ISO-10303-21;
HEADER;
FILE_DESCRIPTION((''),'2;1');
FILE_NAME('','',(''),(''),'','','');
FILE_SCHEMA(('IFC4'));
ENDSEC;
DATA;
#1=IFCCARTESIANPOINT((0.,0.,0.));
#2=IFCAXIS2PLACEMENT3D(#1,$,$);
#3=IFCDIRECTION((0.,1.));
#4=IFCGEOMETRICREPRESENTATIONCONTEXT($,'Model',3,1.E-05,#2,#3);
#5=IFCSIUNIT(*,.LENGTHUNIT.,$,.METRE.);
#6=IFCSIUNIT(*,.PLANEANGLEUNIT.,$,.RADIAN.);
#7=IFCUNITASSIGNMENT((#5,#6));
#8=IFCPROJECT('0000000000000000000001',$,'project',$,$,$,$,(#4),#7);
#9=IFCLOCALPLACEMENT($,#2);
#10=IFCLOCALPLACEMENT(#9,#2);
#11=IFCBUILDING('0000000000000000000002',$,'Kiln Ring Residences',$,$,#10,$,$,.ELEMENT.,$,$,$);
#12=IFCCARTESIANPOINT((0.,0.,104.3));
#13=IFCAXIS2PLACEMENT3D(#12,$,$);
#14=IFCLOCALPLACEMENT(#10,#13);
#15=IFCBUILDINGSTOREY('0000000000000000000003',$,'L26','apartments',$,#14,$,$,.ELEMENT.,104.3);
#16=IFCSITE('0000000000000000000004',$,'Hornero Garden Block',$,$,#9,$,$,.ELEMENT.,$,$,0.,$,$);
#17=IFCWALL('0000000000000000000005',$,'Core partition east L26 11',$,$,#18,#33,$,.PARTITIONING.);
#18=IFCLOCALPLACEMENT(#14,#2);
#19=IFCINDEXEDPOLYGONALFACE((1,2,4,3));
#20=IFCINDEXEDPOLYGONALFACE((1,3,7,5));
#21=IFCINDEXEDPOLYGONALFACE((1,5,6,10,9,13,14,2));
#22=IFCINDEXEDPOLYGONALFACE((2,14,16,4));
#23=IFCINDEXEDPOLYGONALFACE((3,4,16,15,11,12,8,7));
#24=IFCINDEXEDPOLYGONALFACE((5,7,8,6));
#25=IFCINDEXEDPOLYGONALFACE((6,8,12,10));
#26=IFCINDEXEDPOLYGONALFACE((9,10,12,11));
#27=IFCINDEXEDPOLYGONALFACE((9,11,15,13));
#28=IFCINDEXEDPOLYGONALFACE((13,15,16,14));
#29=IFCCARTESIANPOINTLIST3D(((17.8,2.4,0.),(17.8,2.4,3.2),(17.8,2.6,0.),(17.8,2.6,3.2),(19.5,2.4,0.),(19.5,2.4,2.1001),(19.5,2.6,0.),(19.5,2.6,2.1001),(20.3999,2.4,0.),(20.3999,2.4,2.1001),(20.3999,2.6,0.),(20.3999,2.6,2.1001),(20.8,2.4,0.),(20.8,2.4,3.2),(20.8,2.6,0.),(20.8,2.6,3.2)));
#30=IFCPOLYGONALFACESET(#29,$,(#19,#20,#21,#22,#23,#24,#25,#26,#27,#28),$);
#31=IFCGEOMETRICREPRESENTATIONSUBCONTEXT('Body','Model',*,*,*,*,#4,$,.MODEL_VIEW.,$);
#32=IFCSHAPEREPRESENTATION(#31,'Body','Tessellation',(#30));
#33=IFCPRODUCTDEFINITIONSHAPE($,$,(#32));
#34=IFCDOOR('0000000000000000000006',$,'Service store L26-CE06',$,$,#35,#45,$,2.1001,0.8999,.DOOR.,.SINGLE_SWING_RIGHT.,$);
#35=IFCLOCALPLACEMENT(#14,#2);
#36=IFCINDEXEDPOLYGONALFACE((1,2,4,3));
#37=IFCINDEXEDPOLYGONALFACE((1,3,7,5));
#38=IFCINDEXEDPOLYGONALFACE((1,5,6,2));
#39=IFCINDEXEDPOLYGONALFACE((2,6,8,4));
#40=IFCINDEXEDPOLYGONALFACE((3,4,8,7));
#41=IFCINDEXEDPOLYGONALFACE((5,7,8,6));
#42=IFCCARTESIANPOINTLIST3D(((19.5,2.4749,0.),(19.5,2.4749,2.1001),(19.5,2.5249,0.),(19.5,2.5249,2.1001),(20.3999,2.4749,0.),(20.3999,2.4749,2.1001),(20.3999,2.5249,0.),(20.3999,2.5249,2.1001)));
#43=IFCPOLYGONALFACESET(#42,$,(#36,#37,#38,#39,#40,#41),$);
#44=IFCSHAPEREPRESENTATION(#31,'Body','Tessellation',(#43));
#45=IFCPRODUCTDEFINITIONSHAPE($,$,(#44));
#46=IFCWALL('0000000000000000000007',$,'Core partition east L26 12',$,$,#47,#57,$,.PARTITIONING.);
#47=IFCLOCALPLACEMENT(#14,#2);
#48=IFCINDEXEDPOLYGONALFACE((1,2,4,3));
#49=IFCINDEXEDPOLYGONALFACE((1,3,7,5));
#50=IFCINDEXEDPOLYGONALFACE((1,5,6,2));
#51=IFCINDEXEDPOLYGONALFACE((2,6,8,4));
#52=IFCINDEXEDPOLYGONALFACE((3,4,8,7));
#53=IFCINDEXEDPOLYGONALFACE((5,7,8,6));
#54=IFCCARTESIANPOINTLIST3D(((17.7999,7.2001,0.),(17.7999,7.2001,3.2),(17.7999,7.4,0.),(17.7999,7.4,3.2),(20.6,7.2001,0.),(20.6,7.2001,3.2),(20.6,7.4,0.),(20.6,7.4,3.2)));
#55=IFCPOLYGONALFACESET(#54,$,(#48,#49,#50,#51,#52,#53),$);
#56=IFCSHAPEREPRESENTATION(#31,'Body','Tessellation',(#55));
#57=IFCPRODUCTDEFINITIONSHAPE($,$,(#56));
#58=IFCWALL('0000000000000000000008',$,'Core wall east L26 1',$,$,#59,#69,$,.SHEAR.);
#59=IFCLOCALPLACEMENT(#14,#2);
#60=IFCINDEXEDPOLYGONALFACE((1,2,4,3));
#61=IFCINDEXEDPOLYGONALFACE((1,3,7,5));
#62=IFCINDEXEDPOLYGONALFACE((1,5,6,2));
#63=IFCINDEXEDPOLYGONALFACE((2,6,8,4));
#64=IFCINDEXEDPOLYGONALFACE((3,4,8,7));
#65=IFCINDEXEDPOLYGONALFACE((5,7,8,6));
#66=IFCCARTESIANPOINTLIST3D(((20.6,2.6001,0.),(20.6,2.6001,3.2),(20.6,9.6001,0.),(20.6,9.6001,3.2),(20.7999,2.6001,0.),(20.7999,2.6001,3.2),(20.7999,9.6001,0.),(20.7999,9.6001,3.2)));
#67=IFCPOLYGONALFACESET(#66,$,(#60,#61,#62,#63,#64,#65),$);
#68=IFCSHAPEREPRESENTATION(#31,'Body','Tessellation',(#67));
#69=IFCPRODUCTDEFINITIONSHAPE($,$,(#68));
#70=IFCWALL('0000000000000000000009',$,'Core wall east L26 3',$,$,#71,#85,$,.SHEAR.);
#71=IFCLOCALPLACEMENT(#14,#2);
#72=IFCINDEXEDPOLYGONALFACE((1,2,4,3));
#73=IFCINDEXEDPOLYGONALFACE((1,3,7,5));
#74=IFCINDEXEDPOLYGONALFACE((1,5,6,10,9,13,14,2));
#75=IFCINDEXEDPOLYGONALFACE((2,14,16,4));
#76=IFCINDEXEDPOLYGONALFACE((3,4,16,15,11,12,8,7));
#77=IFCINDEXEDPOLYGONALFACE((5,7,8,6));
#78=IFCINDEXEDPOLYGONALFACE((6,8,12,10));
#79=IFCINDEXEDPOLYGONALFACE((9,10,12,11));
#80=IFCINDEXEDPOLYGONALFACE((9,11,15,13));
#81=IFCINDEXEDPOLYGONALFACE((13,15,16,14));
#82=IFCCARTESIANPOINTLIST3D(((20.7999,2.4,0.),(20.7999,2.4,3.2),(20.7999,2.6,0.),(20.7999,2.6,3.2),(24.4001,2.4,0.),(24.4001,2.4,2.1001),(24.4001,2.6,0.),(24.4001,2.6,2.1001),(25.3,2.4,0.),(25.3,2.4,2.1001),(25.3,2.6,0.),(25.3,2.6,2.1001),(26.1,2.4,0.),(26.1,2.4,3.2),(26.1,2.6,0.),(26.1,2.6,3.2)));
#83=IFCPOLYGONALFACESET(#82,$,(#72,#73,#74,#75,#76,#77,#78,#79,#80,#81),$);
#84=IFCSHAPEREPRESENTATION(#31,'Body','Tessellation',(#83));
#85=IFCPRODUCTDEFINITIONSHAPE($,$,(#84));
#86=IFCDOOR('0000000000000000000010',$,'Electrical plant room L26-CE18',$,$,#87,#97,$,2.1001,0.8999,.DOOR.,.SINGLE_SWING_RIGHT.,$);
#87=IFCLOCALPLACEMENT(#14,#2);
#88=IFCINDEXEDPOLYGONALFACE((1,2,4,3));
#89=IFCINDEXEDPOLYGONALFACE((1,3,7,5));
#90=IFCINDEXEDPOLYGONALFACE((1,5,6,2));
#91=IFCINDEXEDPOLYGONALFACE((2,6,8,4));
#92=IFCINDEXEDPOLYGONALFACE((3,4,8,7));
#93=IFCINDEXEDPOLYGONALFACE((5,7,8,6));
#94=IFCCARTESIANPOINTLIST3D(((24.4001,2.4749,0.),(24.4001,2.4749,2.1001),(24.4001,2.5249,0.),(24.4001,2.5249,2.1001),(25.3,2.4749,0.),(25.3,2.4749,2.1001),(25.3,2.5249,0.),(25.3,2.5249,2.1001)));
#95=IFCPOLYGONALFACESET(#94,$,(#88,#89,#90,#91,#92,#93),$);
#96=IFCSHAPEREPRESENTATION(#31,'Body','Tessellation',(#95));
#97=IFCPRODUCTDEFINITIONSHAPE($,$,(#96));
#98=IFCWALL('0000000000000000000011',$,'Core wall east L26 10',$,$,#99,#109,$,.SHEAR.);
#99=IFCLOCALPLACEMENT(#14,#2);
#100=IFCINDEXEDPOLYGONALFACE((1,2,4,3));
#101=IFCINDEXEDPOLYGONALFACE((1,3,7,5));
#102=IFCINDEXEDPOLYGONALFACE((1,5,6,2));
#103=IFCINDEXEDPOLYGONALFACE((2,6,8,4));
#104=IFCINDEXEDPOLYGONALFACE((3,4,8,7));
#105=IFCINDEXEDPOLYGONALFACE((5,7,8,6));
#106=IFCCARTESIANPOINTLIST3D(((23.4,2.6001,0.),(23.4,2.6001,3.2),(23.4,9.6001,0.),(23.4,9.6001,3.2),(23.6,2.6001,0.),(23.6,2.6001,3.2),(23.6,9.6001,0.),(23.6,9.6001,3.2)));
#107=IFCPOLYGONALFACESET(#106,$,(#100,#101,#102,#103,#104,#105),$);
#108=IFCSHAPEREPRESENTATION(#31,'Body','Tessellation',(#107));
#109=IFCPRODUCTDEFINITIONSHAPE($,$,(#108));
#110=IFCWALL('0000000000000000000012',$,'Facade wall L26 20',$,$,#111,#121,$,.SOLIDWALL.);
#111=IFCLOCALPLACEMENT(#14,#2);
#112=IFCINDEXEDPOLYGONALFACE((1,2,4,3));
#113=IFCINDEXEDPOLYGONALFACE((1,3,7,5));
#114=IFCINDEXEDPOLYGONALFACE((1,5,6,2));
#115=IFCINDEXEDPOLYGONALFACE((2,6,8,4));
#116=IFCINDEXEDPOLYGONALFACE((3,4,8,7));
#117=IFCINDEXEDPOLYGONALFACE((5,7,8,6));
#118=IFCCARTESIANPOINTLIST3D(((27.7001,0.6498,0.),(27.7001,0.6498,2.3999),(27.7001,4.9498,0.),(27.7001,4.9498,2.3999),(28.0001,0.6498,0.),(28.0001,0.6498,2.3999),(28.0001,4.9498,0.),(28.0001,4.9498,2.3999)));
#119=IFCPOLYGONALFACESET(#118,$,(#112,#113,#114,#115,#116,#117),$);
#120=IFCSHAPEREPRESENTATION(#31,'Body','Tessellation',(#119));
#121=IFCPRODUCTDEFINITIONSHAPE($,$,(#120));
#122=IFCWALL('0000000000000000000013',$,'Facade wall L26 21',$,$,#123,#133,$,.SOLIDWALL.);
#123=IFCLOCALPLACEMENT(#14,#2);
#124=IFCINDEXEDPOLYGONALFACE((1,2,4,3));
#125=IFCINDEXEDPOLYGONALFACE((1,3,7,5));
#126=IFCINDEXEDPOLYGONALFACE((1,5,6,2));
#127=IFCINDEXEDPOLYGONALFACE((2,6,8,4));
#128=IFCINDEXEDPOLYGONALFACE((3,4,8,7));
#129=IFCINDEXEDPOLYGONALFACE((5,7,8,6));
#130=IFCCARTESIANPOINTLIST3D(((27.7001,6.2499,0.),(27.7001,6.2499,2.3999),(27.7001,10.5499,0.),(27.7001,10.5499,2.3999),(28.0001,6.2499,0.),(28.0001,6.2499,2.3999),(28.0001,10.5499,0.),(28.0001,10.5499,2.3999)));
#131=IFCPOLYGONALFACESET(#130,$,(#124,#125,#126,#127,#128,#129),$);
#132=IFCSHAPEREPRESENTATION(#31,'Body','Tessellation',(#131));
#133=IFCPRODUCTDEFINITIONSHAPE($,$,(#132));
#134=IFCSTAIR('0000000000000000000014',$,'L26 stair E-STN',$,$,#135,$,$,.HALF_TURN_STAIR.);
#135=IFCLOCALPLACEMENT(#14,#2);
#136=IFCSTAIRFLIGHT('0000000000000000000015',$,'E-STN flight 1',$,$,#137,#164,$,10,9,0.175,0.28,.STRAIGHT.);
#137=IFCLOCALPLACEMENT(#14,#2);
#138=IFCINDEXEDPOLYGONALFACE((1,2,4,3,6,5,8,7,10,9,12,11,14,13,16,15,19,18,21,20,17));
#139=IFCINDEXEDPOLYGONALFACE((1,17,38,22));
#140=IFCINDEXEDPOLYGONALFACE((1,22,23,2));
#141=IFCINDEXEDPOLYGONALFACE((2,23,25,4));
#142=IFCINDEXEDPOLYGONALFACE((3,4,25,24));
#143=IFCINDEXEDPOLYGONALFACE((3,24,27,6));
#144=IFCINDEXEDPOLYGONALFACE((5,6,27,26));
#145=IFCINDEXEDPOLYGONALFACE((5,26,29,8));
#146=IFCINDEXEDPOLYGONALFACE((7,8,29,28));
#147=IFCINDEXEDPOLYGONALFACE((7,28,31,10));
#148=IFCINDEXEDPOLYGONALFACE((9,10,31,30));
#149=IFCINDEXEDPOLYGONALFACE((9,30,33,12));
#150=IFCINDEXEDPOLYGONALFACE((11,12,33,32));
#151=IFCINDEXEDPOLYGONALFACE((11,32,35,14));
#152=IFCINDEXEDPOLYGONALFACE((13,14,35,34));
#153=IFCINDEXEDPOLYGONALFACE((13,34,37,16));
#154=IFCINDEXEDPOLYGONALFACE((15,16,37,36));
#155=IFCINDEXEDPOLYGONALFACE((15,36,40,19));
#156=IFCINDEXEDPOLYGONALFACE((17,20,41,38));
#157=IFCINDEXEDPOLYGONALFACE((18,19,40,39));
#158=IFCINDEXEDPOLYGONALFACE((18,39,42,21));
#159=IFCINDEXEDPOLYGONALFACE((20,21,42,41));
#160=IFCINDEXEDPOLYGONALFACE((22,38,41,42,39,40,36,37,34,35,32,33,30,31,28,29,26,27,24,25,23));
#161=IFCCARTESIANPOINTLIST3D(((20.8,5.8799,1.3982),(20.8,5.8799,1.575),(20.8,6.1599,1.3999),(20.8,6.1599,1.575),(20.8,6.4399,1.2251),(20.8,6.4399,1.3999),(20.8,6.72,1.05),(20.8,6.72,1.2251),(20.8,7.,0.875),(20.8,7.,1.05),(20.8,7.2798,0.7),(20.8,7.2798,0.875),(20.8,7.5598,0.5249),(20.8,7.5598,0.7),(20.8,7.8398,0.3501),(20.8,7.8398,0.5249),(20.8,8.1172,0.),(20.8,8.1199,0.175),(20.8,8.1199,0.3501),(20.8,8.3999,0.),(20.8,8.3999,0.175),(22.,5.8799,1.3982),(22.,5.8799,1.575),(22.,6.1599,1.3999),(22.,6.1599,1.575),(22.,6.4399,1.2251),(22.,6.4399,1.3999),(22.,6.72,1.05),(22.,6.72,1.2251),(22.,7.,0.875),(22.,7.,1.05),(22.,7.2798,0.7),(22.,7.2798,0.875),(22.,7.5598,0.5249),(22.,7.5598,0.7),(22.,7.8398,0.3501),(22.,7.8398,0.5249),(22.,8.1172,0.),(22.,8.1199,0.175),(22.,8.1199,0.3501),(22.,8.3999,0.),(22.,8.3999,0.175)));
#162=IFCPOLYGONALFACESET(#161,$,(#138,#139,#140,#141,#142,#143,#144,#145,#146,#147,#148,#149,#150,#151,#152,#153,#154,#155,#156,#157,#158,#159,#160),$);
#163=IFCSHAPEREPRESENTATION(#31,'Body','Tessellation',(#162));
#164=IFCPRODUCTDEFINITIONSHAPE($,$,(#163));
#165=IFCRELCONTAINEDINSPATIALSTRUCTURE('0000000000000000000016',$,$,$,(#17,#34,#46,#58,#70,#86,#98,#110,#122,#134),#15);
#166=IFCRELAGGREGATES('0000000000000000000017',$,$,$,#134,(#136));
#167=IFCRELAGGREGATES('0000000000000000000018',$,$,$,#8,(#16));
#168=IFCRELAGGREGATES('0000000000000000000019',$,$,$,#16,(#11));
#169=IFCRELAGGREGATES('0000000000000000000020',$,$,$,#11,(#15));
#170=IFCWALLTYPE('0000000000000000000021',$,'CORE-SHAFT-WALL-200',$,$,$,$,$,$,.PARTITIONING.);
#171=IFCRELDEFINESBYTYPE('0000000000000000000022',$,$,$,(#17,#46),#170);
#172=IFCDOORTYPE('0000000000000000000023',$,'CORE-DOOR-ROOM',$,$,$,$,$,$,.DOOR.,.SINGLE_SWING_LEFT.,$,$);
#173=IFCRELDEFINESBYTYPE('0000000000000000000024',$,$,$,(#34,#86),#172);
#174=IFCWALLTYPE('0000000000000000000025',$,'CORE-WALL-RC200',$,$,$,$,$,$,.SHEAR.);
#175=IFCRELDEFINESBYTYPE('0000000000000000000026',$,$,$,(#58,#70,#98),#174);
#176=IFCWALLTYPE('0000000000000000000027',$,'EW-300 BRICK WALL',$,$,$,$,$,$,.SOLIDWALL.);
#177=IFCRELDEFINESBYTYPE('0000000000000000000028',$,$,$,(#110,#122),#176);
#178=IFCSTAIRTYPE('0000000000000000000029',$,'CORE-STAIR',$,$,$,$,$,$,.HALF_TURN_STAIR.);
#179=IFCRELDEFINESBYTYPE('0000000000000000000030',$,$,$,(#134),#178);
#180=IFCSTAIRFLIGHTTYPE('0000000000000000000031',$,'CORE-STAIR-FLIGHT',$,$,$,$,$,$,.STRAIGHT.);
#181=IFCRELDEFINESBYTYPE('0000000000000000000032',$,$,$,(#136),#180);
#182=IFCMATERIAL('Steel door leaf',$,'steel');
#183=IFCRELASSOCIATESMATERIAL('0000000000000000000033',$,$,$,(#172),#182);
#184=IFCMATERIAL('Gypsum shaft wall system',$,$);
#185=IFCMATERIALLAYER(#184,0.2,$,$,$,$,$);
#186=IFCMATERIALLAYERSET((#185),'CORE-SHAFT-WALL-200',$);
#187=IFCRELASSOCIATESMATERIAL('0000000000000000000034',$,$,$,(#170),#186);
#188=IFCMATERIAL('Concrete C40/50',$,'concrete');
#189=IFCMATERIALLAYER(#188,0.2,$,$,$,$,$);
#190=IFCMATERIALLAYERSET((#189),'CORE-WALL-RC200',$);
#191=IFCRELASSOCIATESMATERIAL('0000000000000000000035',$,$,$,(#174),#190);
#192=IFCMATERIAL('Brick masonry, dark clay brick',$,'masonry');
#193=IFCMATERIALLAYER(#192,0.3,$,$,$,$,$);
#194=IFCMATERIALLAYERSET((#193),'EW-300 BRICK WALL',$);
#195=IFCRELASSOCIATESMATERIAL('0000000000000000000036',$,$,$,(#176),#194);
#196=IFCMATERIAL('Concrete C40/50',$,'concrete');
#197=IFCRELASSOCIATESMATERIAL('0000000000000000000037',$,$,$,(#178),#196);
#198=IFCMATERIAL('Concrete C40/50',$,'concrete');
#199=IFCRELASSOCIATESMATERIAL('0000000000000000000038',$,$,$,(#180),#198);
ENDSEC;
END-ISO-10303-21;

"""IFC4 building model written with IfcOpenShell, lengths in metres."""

from ifc_helpers import new_model, si_unit, direction, frame, frame_2d, origin, place, context, subcontext, project, spatial, polyline, rectangle, outline, extrude, material, layer, layer_set, type_object, element, fill, aggregate, save


model = new_model("IFC4")

# Units and contexts
model_context = context("Model", 3, precision=1e-05, world=origin(), true_north=direction((0.0, 1.0)))
body_context = subcontext(model_context, "Body", "Model", "MODEL_VIEW")
ifc_project = project(units=[si_unit("LENGTHUNIT", "METRE"), si_unit("PLANEANGLEUNIT", "RADIAN")], contexts=[model_context])

# Site, building, storey
site_placement = place(None, origin())
site = spatial("IfcSite", under=ifc_project, at=site_placement, Name="Hornero Garden Block", CompositionType="ELEMENT", RefElevation=0.0)
building_placement = place(site_placement, origin())
building = spatial("IfcBuilding", under=site, at=building_placement, Name="Kiln Ring Residences", CompositionType="ELEMENT")
storey_placement = place(building_placement, frame((0.0, 0.0, 104.3)))
storey = spatial("IfcBuildingStorey", under=building, at=storey_placement, Name="L26", Description="apartments", CompositionType="ELEMENT", Elevation=104.3)

# Shared definitions
ifc_material_1 = material(Name="Steel door leaf", Category="steel")
door_type = type_object("IfcDoorType", Name="CORE-DOOR-ROOM", OperationType="SINGLE_SWING_LEFT", PredefinedType="DOOR", material=ifc_material_1)

# Shared definitions
ifc_material_2 = material(Name="Gypsum shaft wall system")
ifc_layer_1 = layer(ifc_material_2, 0.2)
ifc_layer_set_1 = layer_set([ifc_layer_1], Name="CORE-SHAFT-WALL-200")
wall_type_1 = type_object("IfcWallType", Name="CORE-SHAFT-WALL-200", PredefinedType="PARTITIONING", material=ifc_layer_set_1)

# Wall, opening, door
wall_1_placement = place(storey_placement, frame((17.8, 2.5, 0.0), z_axis=(0.0, 0.0, 1.0), x_axis=(1.0, 0.0, 0.0)))
wall_1 = element("IfcWall", 1, at=wall_1_placement, inside=storey, type_object=wall_type_1, Name="Core partition east L26 11", PredefinedType="PARTITIONING", context=body_context, shape_type="SweptSolid", body=[
    extrude(rectangle(XDim=3.0, YDim=0.2, at=frame_2d((1.5, 0.0))), origin(), (0.0, 0.0, 1.0), 3.2),
])
opening_1_placement = place(wall_1_placement, frame((1.7, 0.0, 0.0)))
opening_1 = element("IfcOpeningElement", 2, at=opening_1_placement, cuts=wall_1, PredefinedType="OPENING", context=body_context, shape_type="SweptSolid", body=[
    extrude(rectangle(XDim=0.8999, YDim=2.1001, at=frame_2d((0.45, 1.05))), frame((0.0, 0.1099, 0.0), z_axis=(0.0, -1.0, 0.0), x_axis=(1.0, 0.0, 0.0)), (0.0, 0.0, 1.0), 0.22),
])
door_1_placement = place(opening_1_placement, origin())
door_1 = element("IfcDoor", 3, at=door_1_placement, inside=storey, type_object=door_type, Name="Service store L26-CE06", OperationType="SINGLE_SWING_RIGHT", OverallHeight=2.1001, OverallWidth=0.8999, PredefinedType="DOOR", context=body_context, shape_type="SweptSolid", body=[
    extrude(rectangle(XDim=0.8999, YDim=2.1001, at=frame_2d((0.45, 1.05))), frame((0.0, 0.0249, 0.0), z_axis=(0.0, -1.0, 0.0), x_axis=(1.0, 0.0, 0.0)), (0.0, 0.0, 1.0), 0.05),
])
fill(opening_1, door_1)

# Walls
wall_2_placement = place(storey_placement, frame((17.8, 7.3, 0.0), z_axis=(0.0, 0.0, 1.0), x_axis=(1.0, 0.0, 0.0)))
element("IfcWall", 4, at=wall_2_placement, inside=storey, type_object=wall_type_1, Name="Core partition east L26 12", PredefinedType="PARTITIONING", context=body_context, shape_type="SweptSolid", body=[
    extrude(rectangle(XDim=2.8, YDim=0.2, at=frame_2d((1.3999, 0.0))), origin(), (0.0, 0.0, 1.0), 3.2),
])
ifc_material_3 = material(Name="Concrete C40/50", Category="concrete")
ifc_layer_2 = layer(ifc_material_3, 0.2)
ifc_layer_set_2 = layer_set([ifc_layer_2], Name="CORE-WALL-RC200")
wall_type_2 = type_object("IfcWallType", Name="CORE-WALL-RC200", PredefinedType="SHEAR", material=ifc_layer_set_2)
wall_3_placement = place(storey_placement, frame((20.7, 2.6001, 0.0), z_axis=(0.0, 0.0, 1.0), x_axis=(0.0, 1.0, 0.0)))
element("IfcWall", 5, at=wall_3_placement, inside=storey, type_object=wall_type_2, Name="Core wall east L26 1", PredefinedType="SHEAR", context=body_context, shape_type="SweptSolid", body=[
    extrude(rectangle(XDim=7.0, YDim=0.2, at=frame_2d((3.5, 0.0))), origin(), (0.0, 0.0, 1.0), 3.2),
])

# Wall, opening, door
wall_4_placement = place(storey_placement, frame((20.8, 2.5, 0.0), z_axis=(0.0, 0.0, 1.0), x_axis=(1.0, 0.0, 0.0)))
wall_4 = element("IfcWall", 6, at=wall_4_placement, inside=storey, type_object=wall_type_2, Name="Core wall east L26 3", PredefinedType="SHEAR", context=body_context, shape_type="SweptSolid", body=[
    extrude(rectangle(XDim=5.3, YDim=0.2, at=frame_2d((2.6499, 0.0))), origin(), (0.0, 0.0, 1.0), 3.2),
])
opening_2_placement = place(wall_4_placement, frame((3.6001, 0.0, 0.0)))
opening_2 = element("IfcOpeningElement", 7, at=opening_2_placement, cuts=wall_4, PredefinedType="OPENING", context=body_context, shape_type="SweptSolid", body=[
    extrude(rectangle(XDim=0.8999, YDim=2.1001, at=frame_2d((0.45, 1.05))), frame((0.0, 0.1099, 0.0), z_axis=(0.0, -1.0, 0.0), x_axis=(1.0, 0.0, 0.0)), (0.0, 0.0, 1.0), 0.22),
])
door_2_placement = place(opening_2_placement, origin())
door_2 = element("IfcDoor", 8, at=door_2_placement, inside=storey, type_object=door_type, Name="Electrical plant room L26-CE18", OperationType="SINGLE_SWING_RIGHT", OverallHeight=2.1001, OverallWidth=0.8999, PredefinedType="DOOR", context=body_context, shape_type="SweptSolid", body=[
    extrude(rectangle(XDim=0.8999, YDim=2.1001, at=frame_2d((0.45, 1.05))), frame((0.0, 0.0249, 0.0), z_axis=(0.0, -1.0, 0.0), x_axis=(1.0, 0.0, 0.0)), (0.0, 0.0, 1.0), 0.05),
])
fill(opening_2, door_2)

# Walls
wall_5_placement = place(storey_placement, frame((23.5, 2.6001, 0.0), z_axis=(0.0, 0.0, 1.0), x_axis=(0.0, 1.0, 0.0)))
element("IfcWall", 9, at=wall_5_placement, inside=storey, type_object=wall_type_2, Name="Core wall east L26 10", PredefinedType="SHEAR", context=body_context, shape_type="SweptSolid", body=[
    extrude(rectangle(XDim=7.0, YDim=0.2, at=frame_2d((3.5, 0.0))), origin(), (0.0, 0.0, 1.0), 3.2),
])
ifc_material_4 = material(Name="Brick masonry, dark clay brick", Category="masonry")
ifc_layer_3 = layer(ifc_material_4, 0.3)
ifc_layer_set_3 = layer_set([ifc_layer_3], Name="EW-300 BRICK WALL")
wall_type_3 = type_object("IfcWallType", Name="EW-300 BRICK WALL", PredefinedType="SOLIDWALL", material=ifc_layer_set_3)
for number, where, z_axis, x_axis, name in (
    (10, (27.8501, 0.6499, 0.0), (0.0, 0.0, 1.0), (0.0, 1.0, 0.0), "Facade wall L26 20"),
    (11, (27.8501, 6.25, 0.0), (0.0, 0.0, 1.0), (0.0, 1.0, 0.0), "Facade wall L26 21"),
):
    element("IfcWall", number, at=place(storey_placement, frame(where, z_axis=z_axis, x_axis=x_axis)), inside=storey, type_object=wall_type_3, Name=name, PredefinedType="SOLIDWALL", context=body_context, shape_type="SweptSolid", body=[
        extrude(rectangle(XDim=4.3, YDim=0.3, at=frame_2d((2.1499, 0.0))), origin(), (0.0, 0.0, 1.0), 2.3999),
    ])

# Stair, stair flight
ifc_material_5 = material(Name="Concrete C40/50", Category="concrete")
stair_type = type_object("IfcStairType", Name="CORE-STAIR", PredefinedType="HALF_TURN_STAIR", material=ifc_material_5)
stair_placement = place(storey_placement, origin())
stair = element("IfcStair", 12, at=stair_placement, inside=storey, type_object=stair_type, Name="L26 stair E-STN", PredefinedType="HALF_TURN_STAIR")
ifc_material_6 = material(Name="Concrete C40/50", Category="concrete")
stair_flight_type = type_object("IfcStairFlightType", Name="CORE-STAIR-FLIGHT", PredefinedType="STRAIGHT", material=ifc_material_6)
stair_flight_1_placement = place(storey_placement, frame((21.3999, 8.3999, 0.0), z_axis=(0.0, 0.0, 1.0), x_axis=(0.0, -1.0, 0.0)))
stair_flight_1 = element("IfcStairFlight", 13, at=stair_flight_1_placement, type_object=stair_flight_type, Name="E-STN flight 1", NumberOfRisers=10, NumberOfTreads=9, PredefinedType="STRAIGHT", RiserHeight=0.175, TreadLength=0.28, context=body_context, shape_type="SweptSolid", body=[
    extrude(outline(polyline([(0.0, 0.0), (0.0, 0.175), (0.28, 0.175), (0.28, 0.3501), (0.5601, 0.3501), (0.5601, 0.5249), (0.8401, 0.5249), (0.8401, 0.7), (1.1201, 0.7), (1.1201, 0.875), (1.3999, 0.875), (1.3999, 1.05), (1.6799, 1.05), (1.6799, 1.2251), (1.96, 1.2251), (1.96, 1.3999), (2.24, 1.3999), (2.24, 1.575), (2.52, 1.575), (2.52, 1.75), (2.52, 1.3982), (0.2827, 0.0), (0.0, 0.0)])), frame((0.0, 0.6001, 0.0), z_axis=(0.0, -1.0, 0.0), x_axis=(1.0, 0.0, 0.0)), (0.0, 0.0, 1.0), 1.2),
])
aggregate(stair, [stair_flight_1])

save(model, "model.ifc")
